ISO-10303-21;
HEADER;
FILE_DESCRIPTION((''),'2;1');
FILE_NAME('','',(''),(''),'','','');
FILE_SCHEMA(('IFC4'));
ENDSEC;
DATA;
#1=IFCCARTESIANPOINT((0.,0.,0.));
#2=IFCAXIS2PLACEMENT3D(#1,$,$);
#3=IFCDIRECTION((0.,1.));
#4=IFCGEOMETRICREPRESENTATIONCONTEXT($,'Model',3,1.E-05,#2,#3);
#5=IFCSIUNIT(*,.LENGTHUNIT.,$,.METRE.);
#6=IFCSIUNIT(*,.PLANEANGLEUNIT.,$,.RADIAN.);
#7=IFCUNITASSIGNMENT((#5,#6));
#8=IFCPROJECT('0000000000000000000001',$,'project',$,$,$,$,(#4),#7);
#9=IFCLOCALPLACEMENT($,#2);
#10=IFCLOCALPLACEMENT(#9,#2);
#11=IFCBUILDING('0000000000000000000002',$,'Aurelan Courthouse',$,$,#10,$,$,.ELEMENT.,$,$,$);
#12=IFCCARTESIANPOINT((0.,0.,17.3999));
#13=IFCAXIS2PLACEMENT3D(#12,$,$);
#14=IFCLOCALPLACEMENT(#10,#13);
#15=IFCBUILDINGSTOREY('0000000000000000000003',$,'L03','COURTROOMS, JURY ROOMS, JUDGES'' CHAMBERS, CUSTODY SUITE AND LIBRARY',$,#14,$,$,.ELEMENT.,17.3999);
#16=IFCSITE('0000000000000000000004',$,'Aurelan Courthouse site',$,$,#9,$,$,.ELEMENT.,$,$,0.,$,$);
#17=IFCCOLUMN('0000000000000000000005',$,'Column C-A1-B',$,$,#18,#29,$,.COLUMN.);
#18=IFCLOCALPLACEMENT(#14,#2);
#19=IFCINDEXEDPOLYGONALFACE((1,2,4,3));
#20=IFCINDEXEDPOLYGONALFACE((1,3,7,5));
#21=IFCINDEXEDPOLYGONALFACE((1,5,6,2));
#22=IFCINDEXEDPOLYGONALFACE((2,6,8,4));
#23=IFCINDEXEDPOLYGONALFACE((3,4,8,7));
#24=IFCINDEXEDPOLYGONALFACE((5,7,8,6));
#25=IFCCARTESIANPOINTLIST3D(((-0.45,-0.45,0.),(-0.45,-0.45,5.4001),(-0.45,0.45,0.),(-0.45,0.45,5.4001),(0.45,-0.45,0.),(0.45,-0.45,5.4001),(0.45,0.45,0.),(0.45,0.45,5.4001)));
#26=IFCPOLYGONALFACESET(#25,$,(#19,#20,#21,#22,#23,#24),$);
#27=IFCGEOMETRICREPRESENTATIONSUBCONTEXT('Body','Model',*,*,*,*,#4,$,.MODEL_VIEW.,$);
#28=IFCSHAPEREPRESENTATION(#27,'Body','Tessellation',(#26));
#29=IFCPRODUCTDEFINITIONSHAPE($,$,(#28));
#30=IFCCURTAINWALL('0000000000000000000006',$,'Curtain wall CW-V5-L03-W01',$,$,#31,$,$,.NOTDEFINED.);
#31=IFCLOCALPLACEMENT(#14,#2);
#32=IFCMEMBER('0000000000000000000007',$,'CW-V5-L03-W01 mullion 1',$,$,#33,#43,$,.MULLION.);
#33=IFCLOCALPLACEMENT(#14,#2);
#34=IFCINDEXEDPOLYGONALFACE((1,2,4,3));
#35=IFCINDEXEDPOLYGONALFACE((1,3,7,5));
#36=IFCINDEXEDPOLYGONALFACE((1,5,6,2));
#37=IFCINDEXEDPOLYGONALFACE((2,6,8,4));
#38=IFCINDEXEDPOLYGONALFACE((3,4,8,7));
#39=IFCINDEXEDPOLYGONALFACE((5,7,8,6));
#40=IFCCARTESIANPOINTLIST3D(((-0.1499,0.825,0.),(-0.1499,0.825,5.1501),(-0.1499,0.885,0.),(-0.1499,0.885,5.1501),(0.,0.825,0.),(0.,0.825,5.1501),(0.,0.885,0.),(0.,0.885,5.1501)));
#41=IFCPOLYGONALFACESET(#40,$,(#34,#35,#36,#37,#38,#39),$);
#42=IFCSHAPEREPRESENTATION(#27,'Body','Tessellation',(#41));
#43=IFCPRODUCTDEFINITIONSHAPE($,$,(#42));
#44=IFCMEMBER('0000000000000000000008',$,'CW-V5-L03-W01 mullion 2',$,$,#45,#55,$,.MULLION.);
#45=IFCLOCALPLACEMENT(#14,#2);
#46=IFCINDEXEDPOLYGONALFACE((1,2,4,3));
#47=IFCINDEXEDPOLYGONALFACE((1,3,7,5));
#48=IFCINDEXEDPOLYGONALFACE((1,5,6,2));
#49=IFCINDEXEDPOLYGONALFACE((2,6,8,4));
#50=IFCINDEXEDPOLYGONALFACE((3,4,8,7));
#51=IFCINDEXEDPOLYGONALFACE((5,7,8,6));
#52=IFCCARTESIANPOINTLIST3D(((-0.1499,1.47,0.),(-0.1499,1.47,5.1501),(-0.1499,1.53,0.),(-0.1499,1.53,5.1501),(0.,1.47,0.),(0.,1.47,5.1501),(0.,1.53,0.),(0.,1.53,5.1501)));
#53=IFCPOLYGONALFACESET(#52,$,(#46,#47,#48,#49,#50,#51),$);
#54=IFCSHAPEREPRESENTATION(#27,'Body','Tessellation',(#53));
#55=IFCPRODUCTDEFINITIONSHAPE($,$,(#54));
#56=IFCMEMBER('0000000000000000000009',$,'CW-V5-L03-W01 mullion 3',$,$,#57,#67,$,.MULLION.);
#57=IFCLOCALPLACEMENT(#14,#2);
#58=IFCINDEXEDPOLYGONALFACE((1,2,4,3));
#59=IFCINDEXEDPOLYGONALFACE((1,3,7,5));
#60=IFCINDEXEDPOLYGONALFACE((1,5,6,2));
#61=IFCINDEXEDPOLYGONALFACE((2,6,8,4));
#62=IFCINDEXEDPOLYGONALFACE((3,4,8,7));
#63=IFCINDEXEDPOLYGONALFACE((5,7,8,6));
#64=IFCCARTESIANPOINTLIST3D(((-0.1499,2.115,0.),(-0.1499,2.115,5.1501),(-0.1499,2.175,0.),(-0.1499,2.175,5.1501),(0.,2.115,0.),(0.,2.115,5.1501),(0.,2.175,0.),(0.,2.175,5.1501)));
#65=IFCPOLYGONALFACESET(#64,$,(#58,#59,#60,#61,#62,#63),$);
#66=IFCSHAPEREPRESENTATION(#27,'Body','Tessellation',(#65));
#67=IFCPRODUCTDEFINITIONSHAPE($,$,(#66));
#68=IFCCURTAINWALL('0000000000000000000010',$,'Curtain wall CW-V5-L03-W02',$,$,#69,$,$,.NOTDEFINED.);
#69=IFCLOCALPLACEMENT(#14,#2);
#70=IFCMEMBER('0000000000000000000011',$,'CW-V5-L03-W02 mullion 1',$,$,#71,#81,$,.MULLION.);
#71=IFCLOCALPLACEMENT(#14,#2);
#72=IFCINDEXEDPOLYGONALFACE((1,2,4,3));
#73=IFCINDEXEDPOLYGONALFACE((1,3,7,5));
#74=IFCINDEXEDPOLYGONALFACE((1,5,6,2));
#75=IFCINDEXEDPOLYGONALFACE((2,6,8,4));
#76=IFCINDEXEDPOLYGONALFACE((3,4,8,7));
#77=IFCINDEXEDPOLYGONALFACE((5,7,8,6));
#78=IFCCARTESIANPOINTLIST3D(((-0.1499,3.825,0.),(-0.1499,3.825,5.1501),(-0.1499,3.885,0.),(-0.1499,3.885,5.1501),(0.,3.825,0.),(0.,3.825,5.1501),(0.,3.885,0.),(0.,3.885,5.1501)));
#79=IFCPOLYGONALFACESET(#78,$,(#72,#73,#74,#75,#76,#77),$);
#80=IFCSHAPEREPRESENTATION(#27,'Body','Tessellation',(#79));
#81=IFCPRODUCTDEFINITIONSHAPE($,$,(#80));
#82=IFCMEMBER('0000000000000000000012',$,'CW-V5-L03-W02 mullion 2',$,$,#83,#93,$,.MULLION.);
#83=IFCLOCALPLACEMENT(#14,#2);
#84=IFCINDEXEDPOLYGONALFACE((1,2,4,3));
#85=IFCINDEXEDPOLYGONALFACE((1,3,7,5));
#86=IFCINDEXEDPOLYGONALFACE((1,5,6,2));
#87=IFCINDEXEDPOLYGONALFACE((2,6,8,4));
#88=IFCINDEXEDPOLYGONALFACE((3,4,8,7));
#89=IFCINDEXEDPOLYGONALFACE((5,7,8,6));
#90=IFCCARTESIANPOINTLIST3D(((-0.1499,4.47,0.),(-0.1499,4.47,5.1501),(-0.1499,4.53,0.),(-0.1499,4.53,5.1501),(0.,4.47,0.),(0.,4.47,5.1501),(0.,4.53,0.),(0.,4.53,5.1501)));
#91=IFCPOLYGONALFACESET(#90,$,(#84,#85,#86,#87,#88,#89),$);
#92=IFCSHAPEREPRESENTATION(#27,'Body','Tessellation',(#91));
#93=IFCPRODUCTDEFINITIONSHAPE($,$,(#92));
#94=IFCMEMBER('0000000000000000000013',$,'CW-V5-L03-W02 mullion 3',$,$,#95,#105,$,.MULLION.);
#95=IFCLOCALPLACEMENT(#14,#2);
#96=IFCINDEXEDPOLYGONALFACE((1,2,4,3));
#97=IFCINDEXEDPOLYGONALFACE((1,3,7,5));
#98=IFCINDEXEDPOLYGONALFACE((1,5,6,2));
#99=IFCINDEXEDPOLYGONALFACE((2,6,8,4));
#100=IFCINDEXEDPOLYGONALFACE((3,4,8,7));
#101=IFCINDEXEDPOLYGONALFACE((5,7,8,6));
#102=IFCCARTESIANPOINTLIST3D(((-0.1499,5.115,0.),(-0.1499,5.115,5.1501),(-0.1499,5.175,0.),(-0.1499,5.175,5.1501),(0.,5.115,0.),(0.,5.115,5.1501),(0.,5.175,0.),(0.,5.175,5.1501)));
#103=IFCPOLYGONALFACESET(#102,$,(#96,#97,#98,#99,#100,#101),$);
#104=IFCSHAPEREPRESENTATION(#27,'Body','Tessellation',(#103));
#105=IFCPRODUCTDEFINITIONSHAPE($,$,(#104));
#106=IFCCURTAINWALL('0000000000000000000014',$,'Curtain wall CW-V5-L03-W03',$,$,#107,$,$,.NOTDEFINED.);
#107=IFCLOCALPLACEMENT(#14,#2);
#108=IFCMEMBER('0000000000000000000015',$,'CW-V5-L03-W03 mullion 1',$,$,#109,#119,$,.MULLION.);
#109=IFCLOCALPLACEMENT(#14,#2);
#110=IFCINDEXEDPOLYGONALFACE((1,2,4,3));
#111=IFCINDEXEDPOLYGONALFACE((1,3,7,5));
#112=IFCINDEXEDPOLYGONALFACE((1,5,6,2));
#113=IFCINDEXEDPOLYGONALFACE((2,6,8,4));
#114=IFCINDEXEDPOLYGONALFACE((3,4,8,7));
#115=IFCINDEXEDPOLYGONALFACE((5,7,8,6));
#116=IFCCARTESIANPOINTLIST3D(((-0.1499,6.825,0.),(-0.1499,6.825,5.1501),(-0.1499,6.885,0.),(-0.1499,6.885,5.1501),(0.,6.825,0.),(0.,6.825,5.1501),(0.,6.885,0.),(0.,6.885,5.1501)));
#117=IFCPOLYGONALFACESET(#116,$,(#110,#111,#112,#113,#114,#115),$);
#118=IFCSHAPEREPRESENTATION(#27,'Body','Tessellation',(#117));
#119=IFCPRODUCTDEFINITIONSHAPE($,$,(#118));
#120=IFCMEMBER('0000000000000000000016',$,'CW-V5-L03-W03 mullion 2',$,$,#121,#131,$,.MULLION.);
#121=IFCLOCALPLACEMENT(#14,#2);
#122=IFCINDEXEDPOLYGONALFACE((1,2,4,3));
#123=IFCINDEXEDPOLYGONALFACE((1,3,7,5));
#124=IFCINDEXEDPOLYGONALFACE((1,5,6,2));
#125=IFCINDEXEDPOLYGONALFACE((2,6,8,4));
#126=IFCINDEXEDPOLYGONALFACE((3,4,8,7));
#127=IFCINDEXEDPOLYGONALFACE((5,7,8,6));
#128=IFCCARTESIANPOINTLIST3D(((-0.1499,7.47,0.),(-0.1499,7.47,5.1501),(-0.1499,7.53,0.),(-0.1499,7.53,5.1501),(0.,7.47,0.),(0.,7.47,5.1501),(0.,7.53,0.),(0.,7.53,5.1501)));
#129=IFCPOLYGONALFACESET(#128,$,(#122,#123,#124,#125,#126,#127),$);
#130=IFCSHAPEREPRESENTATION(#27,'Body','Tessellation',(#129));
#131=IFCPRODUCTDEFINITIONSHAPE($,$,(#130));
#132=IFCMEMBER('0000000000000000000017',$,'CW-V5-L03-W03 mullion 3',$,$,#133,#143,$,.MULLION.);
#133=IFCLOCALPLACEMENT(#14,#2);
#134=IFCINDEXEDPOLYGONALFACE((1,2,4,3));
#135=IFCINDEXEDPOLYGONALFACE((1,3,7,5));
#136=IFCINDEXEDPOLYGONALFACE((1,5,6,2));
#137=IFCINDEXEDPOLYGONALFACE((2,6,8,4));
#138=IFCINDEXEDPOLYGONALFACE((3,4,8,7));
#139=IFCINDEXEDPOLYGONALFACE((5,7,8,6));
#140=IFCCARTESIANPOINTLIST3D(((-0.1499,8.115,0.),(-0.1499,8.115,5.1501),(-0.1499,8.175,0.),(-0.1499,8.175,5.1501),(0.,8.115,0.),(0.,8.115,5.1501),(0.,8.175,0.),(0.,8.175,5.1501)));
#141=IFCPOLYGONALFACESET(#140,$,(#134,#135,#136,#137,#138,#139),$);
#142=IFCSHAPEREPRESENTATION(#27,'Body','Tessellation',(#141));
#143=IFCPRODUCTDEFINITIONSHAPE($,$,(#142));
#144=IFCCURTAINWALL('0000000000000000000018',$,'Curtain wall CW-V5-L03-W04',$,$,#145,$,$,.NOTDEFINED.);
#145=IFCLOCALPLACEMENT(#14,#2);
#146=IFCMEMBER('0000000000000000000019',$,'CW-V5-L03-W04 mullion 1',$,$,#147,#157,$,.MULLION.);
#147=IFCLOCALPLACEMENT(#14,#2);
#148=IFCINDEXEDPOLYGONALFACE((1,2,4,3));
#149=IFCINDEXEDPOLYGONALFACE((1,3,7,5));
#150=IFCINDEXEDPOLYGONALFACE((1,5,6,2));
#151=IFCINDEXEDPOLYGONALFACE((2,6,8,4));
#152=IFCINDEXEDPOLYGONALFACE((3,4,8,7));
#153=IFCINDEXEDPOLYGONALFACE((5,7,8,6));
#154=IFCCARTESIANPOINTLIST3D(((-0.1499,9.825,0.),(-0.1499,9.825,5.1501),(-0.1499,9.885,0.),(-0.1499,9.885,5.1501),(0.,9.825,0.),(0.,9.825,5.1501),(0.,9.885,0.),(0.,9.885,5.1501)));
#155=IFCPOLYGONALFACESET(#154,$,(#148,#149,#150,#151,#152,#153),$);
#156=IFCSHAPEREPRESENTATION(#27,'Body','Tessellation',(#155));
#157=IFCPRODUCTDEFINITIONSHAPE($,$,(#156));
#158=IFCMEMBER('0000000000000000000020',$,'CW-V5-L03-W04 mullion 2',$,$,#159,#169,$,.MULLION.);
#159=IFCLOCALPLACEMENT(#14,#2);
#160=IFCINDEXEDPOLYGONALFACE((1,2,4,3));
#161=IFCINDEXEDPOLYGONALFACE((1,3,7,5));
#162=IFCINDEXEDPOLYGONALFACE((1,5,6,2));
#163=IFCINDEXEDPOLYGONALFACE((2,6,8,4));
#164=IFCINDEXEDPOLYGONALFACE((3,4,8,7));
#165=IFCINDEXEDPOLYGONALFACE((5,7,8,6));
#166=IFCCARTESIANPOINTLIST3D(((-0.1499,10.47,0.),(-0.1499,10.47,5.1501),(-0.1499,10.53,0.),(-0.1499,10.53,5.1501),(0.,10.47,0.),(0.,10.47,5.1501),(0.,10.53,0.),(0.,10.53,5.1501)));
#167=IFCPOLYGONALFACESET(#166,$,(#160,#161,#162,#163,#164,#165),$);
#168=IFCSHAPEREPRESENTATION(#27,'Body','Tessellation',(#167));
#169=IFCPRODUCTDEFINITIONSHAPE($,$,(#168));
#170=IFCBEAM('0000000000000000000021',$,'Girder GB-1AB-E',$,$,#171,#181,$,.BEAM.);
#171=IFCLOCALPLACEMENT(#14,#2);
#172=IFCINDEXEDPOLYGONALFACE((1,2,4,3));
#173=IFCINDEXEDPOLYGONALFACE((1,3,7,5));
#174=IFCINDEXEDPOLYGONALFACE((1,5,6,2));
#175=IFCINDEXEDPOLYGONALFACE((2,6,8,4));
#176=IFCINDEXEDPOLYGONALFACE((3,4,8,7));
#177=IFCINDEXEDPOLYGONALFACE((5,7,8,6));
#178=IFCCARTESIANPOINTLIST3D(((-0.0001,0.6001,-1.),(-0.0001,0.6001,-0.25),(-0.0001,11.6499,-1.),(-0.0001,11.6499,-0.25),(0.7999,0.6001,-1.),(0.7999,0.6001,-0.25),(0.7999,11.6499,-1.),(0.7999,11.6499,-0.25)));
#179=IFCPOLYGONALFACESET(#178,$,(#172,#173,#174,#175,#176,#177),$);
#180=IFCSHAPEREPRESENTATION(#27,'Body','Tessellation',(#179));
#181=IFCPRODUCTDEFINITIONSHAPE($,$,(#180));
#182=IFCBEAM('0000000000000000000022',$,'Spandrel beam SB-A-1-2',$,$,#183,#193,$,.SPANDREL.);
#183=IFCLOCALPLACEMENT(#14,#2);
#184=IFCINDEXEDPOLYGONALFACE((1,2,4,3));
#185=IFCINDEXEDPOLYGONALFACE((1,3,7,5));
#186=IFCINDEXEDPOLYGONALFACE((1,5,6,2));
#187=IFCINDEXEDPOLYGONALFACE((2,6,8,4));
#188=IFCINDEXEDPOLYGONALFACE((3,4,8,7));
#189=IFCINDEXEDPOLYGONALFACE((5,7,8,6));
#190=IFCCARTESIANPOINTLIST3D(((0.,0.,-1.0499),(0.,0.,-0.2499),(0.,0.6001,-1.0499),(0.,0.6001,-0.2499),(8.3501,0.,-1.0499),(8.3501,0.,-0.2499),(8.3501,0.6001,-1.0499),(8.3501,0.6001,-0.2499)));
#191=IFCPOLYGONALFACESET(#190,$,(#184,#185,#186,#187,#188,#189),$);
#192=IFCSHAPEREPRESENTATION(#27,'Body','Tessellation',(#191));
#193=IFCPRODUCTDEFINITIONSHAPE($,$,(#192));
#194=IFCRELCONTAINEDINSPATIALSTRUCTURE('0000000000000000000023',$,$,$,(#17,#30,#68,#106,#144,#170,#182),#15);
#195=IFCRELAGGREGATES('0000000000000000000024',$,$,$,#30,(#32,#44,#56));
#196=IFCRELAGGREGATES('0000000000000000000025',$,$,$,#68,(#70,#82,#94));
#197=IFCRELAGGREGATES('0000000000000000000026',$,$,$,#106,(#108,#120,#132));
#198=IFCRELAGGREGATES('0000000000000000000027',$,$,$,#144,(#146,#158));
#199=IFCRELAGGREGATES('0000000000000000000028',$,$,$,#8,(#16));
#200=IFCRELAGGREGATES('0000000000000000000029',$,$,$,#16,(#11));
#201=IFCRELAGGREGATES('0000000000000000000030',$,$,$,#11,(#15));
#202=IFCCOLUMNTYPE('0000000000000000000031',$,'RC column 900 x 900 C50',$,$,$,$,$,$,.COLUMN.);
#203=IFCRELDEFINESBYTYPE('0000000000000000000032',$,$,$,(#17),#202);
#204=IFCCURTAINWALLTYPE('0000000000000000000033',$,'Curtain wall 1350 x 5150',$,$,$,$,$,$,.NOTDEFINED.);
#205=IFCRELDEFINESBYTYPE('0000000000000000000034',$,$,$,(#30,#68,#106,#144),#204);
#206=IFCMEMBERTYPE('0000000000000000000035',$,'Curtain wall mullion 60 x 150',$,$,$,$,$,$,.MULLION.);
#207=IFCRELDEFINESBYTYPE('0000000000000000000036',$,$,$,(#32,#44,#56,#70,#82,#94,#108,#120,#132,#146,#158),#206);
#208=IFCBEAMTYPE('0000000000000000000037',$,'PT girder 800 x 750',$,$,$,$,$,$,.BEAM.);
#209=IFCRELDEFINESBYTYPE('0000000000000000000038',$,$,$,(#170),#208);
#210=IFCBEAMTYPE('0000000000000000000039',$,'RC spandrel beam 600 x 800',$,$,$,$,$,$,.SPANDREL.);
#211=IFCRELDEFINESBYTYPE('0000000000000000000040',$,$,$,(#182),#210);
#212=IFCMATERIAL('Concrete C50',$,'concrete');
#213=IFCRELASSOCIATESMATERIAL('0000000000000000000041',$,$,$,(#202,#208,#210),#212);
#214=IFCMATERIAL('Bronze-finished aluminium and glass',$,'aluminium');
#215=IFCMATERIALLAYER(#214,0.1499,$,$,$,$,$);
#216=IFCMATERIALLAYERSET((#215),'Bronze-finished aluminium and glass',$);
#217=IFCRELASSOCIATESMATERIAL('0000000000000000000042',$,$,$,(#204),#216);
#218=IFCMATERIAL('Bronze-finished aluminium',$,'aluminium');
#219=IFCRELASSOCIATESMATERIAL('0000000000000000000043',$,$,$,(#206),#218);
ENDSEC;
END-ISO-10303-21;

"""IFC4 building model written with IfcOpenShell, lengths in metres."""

from ifc_helpers import new_model, si_unit, direction, frame, origin, origin_with_axes, origin_2d, place, context, subcontext, project, spatial, rectangle, extrude, material, layer, layer_set, material_profile, profile_set, type_object, element, aggregate, save


model = new_model("IFC4")

# Units and contexts
model_context = context("Model", 3, precision=1e-05, world=origin(), true_north=direction((0.0, 1.0)))
body_context = subcontext(model_context, "Body", "Model", "MODEL_VIEW")
ifc_project = project(units=[si_unit("LENGTHUNIT", "METRE"), si_unit("PLANEANGLEUNIT", "RADIAN")], contexts=[model_context])

# Site, building, storey
site_placement = place(None, origin())
site = spatial("IfcSite", under=ifc_project, at=site_placement, Name="Aurelan Courthouse site", CompositionType="ELEMENT", RefElevation=0.0)
building_placement = place(site_placement, origin())
building = spatial("IfcBuilding", under=site, at=building_placement, Name="Aurelan Courthouse", CompositionType="ELEMENT")
storey_placement = place(building_placement, frame((0.0, 0.0, 17.3999)))
storey = spatial("IfcBuildingStorey", under=building, at=storey_placement, Name="L03", Description="COURTROOMS, JURY ROOMS, JUDGES' CHAMBERS, CUSTODY SUITE AND LIBRARY", CompositionType="ELEMENT", Elevation=17.3999)

# Column
ifc_material_1 = material(Name="Concrete C50", Category="concrete")
ifc_material_profile_1 = material_profile(ifc_material_1, rectangle(XDim=0.8999, YDim=0.8999, at=origin_2d()), Name="RC 900 x 900")
ifc_profile_set_1 = profile_set([ifc_material_profile_1], Name="Concrete C50")
column_type = type_object("IfcColumnType", Name="RC column 900 x 900 C50", PredefinedType="COLUMN", material=ifc_profile_set_1)
column_placement = place(storey_placement, origin_with_axes())
element("IfcColumn", 1, at=column_placement, inside=storey, type_object=column_type, Name="Column C-A1-B", PredefinedType="COLUMN", context=body_context, shape_type="SweptSolid", body=[
    extrude(rectangle(XDim=0.8999, YDim=0.8999, at=origin_2d()), origin(), (0.0, 0.0, 1.0), 5.4001),
])

# Curtain walls, members
ifc_material_2 = material(Name="Bronze-finished aluminium and glass", Category="aluminium")
ifc_layer_1 = layer(ifc_material_2, 0.1499)
ifc_layer_set_1 = layer_set([ifc_layer_1], Name="Bronze-finished aluminium and glass")
curtain_wall_type = type_object("IfcCurtainWallType", Name="Curtain wall 1350 x 5150", PredefinedType="NOTDEFINED", material=ifc_layer_set_1)
curtain_wall_1_placement = place(storey_placement, origin())
curtain_wall_1 = element("IfcCurtainWall", 2, at=curtain_wall_1_placement, inside=storey, type_object=curtain_wall_type, Name="Curtain wall CW-V5-L03-W01", PredefinedType="NOTDEFINED")
ifc_material_3 = material(Name="Bronze-finished aluminium", Category="aluminium")
ifc_material_profile_2 = material_profile(ifc_material_3, rectangle(XDim=0.1499, YDim=0.0601, at=origin_2d()), Name="Bronze mullion 60 x 150")
ifc_profile_set_2 = profile_set([ifc_material_profile_2], Name="Bronze-finished aluminium")
member_type = type_object("IfcMemberType", Name="Curtain wall mullion 60 x 150", PredefinedType="MULLION", material=ifc_profile_set_2)
member_1_placement = place(storey_placement, frame((-0.075, 0.855, 0.0), z_axis=(0.0, 0.0, 1.0), x_axis=(-1.0, 0.0, 0.0)))
member_1 = element("IfcMember", 3, at=member_1_placement, type_object=member_type, Name="CW-V5-L03-W01 mullion 1", PredefinedType="MULLION", context=body_context, shape_type="SweptSolid", body=[
    extrude(rectangle(XDim=0.1499, YDim=0.0601, at=origin_2d()), origin(), (0.0, 0.0, 1.0), 5.1501),
])
member_2_placement = place(storey_placement, frame((-0.075, 1.5, 0.0), z_axis=(0.0, 0.0, 1.0), x_axis=(-1.0, 0.0, 0.0)))
member_2 = element("IfcMember", 4, at=member_2_placement, type_object=member_type, Name="CW-V5-L03-W01 mullion 2", PredefinedType="MULLION", context=body_context, shape_type="SweptSolid", body=[
    extrude(rectangle(XDim=0.1499, YDim=0.0601, at=origin_2d()), origin(), (0.0, 0.0, 1.0), 5.1501),
])
member_3_placement = place(storey_placement, frame((-0.075, 2.145, 0.0), z_axis=(0.0, 0.0, 1.0), x_axis=(-1.0, 0.0, 0.0)))
member_3 = element("IfcMember", 5, at=member_3_placement, type_object=member_type, Name="CW-V5-L03-W01 mullion 3", PredefinedType="MULLION", context=body_context, shape_type="SweptSolid", body=[
    extrude(rectangle(XDim=0.1499, YDim=0.0601, at=origin_2d()), origin(), (0.0, 0.0, 1.0), 5.1501),
])
aggregate(curtain_wall_1, [member_1, member_2, member_3])
curtain_wall_2_placement = place(storey_placement, origin())
curtain_wall_2 = element("IfcCurtainWall", 6, at=curtain_wall_2_placement, inside=storey, type_object=curtain_wall_type, Name="Curtain wall CW-V5-L03-W02", PredefinedType="NOTDEFINED")
member_4_placement = place(storey_placement, frame((-0.075, 3.855, 0.0), z_axis=(0.0, 0.0, 1.0), x_axis=(-1.0, 0.0, 0.0)))
member_4 = element("IfcMember", 7, at=member_4_placement, type_object=member_type, Name="CW-V5-L03-W02 mullion 1", PredefinedType="MULLION", context=body_context, shape_type="SweptSolid", body=[
    extrude(rectangle(XDim=0.1499, YDim=0.0601, at=origin_2d()), origin(), (0.0, 0.0, 1.0), 5.1501),
])
member_5_placement = place(storey_placement, frame((-0.075, 4.5, 0.0), z_axis=(0.0, 0.0, 1.0), x_axis=(-1.0, 0.0, 0.0)))
member_5 = element("IfcMember", 8, at=member_5_placement, type_object=member_type, Name="CW-V5-L03-W02 mullion 2", PredefinedType="MULLION", context=body_context, shape_type="SweptSolid", body=[
    extrude(rectangle(XDim=0.1499, YDim=0.0601, at=origin_2d()), origin(), (0.0, 0.0, 1.0), 5.1501),
])
member_6_placement = place(storey_placement, frame((-0.075, 5.145, 0.0), z_axis=(0.0, 0.0, 1.0), x_axis=(-1.0, 0.0, 0.0)))
member_6 = element("IfcMember", 9, at=member_6_placement, type_object=member_type, Name="CW-V5-L03-W02 mullion 3", PredefinedType="MULLION", context=body_context, shape_type="SweptSolid", body=[
    extrude(rectangle(XDim=0.1499, YDim=0.0601, at=origin_2d()), origin(), (0.0, 0.0, 1.0), 5.1501),
])
aggregate(curtain_wall_2, [member_4, member_5, member_6])
curtain_wall_3_placement = place(storey_placement, origin())
curtain_wall_3 = element("IfcCurtainWall", 10, at=curtain_wall_3_placement, inside=storey, type_object=curtain_wall_type, Name="Curtain wall CW-V5-L03-W03", PredefinedType="NOTDEFINED")
member_7_placement = place(storey_placement, frame((-0.075, 6.855, 0.0), z_axis=(0.0, 0.0, 1.0), x_axis=(-1.0, 0.0, 0.0)))
member_7 = element("IfcMember", 11, at=member_7_placement, type_object=member_type, Name="CW-V5-L03-W03 mullion 1", PredefinedType="MULLION", context=body_context, shape_type="SweptSolid", body=[
    extrude(rectangle(XDim=0.1499, YDim=0.0601, at=origin_2d()), origin(), (0.0, 0.0, 1.0), 5.1501),
])
member_8_placement = place(storey_placement, frame((-0.075, 7.5, 0.0), z_axis=(0.0, 0.0, 1.0), x_axis=(-1.0, 0.0, 0.0)))
member_8 = element("IfcMember", 12, at=member_8_placement, type_object=member_type, Name="CW-V5-L03-W03 mullion 2", PredefinedType="MULLION", context=body_context, shape_type="SweptSolid", body=[
    extrude(rectangle(XDim=0.1499, YDim=0.0601, at=origin_2d()), origin(), (0.0, 0.0, 1.0), 5.1501),
])
member_9_placement = place(storey_placement, frame((-0.075, 8.145, 0.0), z_axis=(0.0, 0.0, 1.0), x_axis=(-1.0, 0.0, 0.0)))
member_9 = element("IfcMember", 13, at=member_9_placement, type_object=member_type, Name="CW-V5-L03-W03 mullion 3", PredefinedType="MULLION", context=body_context, shape_type="SweptSolid", body=[
    extrude(rectangle(XDim=0.1499, YDim=0.0601, at=origin_2d()), origin(), (0.0, 0.0, 1.0), 5.1501),
])
aggregate(curtain_wall_3, [member_7, member_8, member_9])
curtain_wall_4_placement = place(storey_placement, origin())
curtain_wall_4 = element("IfcCurtainWall", 14, at=curtain_wall_4_placement, inside=storey, type_object=curtain_wall_type, Name="Curtain wall CW-V5-L03-W04", PredefinedType="NOTDEFINED")
member_10_placement = place(storey_placement, frame((-0.075, 9.855, 0.0), z_axis=(0.0, 0.0, 1.0), x_axis=(-1.0, 0.0, 0.0)))
member_10 = element("IfcMember", 15, at=member_10_placement, type_object=member_type, Name="CW-V5-L03-W04 mullion 1", PredefinedType="MULLION", context=body_context, shape_type="SweptSolid", body=[
    extrude(rectangle(XDim=0.1499, YDim=0.0601, at=origin_2d()), origin(), (0.0, 0.0, 1.0), 5.1501),
])
member_11_placement = place(storey_placement, frame((-0.075, 10.5, 0.0), z_axis=(0.0, 0.0, 1.0), x_axis=(-1.0, 0.0, 0.0)))
member_11 = element("IfcMember", 16, at=member_11_placement, type_object=member_type, Name="CW-V5-L03-W04 mullion 2", PredefinedType="MULLION", context=body_context, shape_type="SweptSolid", body=[
    extrude(rectangle(XDim=0.1499, YDim=0.0601, at=origin_2d()), origin(), (0.0, 0.0, 1.0), 5.1501),
])
aggregate(curtain_wall_4, [member_10, member_11])

# Beams
ifc_material_profile_3 = material_profile(ifc_material_1, rectangle(XDim=0.8, YDim=0.75, at=origin_2d()), Name="RC 800 x 750")
ifc_profile_set_3 = profile_set([ifc_material_profile_3], Name="Concrete C50")
beam_type_1 = type_object("IfcBeamType", Name="PT girder 800 x 750", PredefinedType="BEAM", material=ifc_profile_set_3)
beam_1_placement = place(storey_placement, frame((0.3999, 0.6001, -0.625), z_axis=(0.0, 1.0, 0.0), x_axis=(-1.0, 0.0, 0.0)))
element("IfcBeam", 17, at=beam_1_placement, inside=storey, type_object=beam_type_1, Name="Girder GB-1AB-E", PredefinedType="BEAM", context=body_context, shape_type="SweptSolid", body=[
    extrude(rectangle(XDim=0.8, YDim=0.75, at=origin_2d()), origin(), (0.0, 0.0, 1.0), 11.0498),
])
ifc_material_profile_4 = material_profile(ifc_material_1, rectangle(XDim=0.6001, YDim=0.8, at=origin_2d()), Name="RC 600 x 800")
ifc_profile_set_4 = profile_set([ifc_material_profile_4], Name="Concrete C50")
beam_type_2 = type_object("IfcBeamType", Name="RC spandrel beam 600 x 800", PredefinedType="SPANDREL", material=ifc_profile_set_4)
beam_2_placement = place(storey_placement, frame((0.0, 0.3, -0.6499), z_axis=(1.0, 0.0, 0.0), x_axis=(0.0, 1.0, 0.0)))
element("IfcBeam", 18, at=beam_2_placement, inside=storey, type_object=beam_type_2, Name="Spandrel beam SB-A-1-2", PredefinedType="SPANDREL", context=body_context, shape_type="SweptSolid", body=[
    extrude(rectangle(XDim=0.6001, YDim=0.8, at=origin_2d()), origin(), (0.0, 0.0, 1.0), 8.3501),
])

save(model, "model.ifc")
